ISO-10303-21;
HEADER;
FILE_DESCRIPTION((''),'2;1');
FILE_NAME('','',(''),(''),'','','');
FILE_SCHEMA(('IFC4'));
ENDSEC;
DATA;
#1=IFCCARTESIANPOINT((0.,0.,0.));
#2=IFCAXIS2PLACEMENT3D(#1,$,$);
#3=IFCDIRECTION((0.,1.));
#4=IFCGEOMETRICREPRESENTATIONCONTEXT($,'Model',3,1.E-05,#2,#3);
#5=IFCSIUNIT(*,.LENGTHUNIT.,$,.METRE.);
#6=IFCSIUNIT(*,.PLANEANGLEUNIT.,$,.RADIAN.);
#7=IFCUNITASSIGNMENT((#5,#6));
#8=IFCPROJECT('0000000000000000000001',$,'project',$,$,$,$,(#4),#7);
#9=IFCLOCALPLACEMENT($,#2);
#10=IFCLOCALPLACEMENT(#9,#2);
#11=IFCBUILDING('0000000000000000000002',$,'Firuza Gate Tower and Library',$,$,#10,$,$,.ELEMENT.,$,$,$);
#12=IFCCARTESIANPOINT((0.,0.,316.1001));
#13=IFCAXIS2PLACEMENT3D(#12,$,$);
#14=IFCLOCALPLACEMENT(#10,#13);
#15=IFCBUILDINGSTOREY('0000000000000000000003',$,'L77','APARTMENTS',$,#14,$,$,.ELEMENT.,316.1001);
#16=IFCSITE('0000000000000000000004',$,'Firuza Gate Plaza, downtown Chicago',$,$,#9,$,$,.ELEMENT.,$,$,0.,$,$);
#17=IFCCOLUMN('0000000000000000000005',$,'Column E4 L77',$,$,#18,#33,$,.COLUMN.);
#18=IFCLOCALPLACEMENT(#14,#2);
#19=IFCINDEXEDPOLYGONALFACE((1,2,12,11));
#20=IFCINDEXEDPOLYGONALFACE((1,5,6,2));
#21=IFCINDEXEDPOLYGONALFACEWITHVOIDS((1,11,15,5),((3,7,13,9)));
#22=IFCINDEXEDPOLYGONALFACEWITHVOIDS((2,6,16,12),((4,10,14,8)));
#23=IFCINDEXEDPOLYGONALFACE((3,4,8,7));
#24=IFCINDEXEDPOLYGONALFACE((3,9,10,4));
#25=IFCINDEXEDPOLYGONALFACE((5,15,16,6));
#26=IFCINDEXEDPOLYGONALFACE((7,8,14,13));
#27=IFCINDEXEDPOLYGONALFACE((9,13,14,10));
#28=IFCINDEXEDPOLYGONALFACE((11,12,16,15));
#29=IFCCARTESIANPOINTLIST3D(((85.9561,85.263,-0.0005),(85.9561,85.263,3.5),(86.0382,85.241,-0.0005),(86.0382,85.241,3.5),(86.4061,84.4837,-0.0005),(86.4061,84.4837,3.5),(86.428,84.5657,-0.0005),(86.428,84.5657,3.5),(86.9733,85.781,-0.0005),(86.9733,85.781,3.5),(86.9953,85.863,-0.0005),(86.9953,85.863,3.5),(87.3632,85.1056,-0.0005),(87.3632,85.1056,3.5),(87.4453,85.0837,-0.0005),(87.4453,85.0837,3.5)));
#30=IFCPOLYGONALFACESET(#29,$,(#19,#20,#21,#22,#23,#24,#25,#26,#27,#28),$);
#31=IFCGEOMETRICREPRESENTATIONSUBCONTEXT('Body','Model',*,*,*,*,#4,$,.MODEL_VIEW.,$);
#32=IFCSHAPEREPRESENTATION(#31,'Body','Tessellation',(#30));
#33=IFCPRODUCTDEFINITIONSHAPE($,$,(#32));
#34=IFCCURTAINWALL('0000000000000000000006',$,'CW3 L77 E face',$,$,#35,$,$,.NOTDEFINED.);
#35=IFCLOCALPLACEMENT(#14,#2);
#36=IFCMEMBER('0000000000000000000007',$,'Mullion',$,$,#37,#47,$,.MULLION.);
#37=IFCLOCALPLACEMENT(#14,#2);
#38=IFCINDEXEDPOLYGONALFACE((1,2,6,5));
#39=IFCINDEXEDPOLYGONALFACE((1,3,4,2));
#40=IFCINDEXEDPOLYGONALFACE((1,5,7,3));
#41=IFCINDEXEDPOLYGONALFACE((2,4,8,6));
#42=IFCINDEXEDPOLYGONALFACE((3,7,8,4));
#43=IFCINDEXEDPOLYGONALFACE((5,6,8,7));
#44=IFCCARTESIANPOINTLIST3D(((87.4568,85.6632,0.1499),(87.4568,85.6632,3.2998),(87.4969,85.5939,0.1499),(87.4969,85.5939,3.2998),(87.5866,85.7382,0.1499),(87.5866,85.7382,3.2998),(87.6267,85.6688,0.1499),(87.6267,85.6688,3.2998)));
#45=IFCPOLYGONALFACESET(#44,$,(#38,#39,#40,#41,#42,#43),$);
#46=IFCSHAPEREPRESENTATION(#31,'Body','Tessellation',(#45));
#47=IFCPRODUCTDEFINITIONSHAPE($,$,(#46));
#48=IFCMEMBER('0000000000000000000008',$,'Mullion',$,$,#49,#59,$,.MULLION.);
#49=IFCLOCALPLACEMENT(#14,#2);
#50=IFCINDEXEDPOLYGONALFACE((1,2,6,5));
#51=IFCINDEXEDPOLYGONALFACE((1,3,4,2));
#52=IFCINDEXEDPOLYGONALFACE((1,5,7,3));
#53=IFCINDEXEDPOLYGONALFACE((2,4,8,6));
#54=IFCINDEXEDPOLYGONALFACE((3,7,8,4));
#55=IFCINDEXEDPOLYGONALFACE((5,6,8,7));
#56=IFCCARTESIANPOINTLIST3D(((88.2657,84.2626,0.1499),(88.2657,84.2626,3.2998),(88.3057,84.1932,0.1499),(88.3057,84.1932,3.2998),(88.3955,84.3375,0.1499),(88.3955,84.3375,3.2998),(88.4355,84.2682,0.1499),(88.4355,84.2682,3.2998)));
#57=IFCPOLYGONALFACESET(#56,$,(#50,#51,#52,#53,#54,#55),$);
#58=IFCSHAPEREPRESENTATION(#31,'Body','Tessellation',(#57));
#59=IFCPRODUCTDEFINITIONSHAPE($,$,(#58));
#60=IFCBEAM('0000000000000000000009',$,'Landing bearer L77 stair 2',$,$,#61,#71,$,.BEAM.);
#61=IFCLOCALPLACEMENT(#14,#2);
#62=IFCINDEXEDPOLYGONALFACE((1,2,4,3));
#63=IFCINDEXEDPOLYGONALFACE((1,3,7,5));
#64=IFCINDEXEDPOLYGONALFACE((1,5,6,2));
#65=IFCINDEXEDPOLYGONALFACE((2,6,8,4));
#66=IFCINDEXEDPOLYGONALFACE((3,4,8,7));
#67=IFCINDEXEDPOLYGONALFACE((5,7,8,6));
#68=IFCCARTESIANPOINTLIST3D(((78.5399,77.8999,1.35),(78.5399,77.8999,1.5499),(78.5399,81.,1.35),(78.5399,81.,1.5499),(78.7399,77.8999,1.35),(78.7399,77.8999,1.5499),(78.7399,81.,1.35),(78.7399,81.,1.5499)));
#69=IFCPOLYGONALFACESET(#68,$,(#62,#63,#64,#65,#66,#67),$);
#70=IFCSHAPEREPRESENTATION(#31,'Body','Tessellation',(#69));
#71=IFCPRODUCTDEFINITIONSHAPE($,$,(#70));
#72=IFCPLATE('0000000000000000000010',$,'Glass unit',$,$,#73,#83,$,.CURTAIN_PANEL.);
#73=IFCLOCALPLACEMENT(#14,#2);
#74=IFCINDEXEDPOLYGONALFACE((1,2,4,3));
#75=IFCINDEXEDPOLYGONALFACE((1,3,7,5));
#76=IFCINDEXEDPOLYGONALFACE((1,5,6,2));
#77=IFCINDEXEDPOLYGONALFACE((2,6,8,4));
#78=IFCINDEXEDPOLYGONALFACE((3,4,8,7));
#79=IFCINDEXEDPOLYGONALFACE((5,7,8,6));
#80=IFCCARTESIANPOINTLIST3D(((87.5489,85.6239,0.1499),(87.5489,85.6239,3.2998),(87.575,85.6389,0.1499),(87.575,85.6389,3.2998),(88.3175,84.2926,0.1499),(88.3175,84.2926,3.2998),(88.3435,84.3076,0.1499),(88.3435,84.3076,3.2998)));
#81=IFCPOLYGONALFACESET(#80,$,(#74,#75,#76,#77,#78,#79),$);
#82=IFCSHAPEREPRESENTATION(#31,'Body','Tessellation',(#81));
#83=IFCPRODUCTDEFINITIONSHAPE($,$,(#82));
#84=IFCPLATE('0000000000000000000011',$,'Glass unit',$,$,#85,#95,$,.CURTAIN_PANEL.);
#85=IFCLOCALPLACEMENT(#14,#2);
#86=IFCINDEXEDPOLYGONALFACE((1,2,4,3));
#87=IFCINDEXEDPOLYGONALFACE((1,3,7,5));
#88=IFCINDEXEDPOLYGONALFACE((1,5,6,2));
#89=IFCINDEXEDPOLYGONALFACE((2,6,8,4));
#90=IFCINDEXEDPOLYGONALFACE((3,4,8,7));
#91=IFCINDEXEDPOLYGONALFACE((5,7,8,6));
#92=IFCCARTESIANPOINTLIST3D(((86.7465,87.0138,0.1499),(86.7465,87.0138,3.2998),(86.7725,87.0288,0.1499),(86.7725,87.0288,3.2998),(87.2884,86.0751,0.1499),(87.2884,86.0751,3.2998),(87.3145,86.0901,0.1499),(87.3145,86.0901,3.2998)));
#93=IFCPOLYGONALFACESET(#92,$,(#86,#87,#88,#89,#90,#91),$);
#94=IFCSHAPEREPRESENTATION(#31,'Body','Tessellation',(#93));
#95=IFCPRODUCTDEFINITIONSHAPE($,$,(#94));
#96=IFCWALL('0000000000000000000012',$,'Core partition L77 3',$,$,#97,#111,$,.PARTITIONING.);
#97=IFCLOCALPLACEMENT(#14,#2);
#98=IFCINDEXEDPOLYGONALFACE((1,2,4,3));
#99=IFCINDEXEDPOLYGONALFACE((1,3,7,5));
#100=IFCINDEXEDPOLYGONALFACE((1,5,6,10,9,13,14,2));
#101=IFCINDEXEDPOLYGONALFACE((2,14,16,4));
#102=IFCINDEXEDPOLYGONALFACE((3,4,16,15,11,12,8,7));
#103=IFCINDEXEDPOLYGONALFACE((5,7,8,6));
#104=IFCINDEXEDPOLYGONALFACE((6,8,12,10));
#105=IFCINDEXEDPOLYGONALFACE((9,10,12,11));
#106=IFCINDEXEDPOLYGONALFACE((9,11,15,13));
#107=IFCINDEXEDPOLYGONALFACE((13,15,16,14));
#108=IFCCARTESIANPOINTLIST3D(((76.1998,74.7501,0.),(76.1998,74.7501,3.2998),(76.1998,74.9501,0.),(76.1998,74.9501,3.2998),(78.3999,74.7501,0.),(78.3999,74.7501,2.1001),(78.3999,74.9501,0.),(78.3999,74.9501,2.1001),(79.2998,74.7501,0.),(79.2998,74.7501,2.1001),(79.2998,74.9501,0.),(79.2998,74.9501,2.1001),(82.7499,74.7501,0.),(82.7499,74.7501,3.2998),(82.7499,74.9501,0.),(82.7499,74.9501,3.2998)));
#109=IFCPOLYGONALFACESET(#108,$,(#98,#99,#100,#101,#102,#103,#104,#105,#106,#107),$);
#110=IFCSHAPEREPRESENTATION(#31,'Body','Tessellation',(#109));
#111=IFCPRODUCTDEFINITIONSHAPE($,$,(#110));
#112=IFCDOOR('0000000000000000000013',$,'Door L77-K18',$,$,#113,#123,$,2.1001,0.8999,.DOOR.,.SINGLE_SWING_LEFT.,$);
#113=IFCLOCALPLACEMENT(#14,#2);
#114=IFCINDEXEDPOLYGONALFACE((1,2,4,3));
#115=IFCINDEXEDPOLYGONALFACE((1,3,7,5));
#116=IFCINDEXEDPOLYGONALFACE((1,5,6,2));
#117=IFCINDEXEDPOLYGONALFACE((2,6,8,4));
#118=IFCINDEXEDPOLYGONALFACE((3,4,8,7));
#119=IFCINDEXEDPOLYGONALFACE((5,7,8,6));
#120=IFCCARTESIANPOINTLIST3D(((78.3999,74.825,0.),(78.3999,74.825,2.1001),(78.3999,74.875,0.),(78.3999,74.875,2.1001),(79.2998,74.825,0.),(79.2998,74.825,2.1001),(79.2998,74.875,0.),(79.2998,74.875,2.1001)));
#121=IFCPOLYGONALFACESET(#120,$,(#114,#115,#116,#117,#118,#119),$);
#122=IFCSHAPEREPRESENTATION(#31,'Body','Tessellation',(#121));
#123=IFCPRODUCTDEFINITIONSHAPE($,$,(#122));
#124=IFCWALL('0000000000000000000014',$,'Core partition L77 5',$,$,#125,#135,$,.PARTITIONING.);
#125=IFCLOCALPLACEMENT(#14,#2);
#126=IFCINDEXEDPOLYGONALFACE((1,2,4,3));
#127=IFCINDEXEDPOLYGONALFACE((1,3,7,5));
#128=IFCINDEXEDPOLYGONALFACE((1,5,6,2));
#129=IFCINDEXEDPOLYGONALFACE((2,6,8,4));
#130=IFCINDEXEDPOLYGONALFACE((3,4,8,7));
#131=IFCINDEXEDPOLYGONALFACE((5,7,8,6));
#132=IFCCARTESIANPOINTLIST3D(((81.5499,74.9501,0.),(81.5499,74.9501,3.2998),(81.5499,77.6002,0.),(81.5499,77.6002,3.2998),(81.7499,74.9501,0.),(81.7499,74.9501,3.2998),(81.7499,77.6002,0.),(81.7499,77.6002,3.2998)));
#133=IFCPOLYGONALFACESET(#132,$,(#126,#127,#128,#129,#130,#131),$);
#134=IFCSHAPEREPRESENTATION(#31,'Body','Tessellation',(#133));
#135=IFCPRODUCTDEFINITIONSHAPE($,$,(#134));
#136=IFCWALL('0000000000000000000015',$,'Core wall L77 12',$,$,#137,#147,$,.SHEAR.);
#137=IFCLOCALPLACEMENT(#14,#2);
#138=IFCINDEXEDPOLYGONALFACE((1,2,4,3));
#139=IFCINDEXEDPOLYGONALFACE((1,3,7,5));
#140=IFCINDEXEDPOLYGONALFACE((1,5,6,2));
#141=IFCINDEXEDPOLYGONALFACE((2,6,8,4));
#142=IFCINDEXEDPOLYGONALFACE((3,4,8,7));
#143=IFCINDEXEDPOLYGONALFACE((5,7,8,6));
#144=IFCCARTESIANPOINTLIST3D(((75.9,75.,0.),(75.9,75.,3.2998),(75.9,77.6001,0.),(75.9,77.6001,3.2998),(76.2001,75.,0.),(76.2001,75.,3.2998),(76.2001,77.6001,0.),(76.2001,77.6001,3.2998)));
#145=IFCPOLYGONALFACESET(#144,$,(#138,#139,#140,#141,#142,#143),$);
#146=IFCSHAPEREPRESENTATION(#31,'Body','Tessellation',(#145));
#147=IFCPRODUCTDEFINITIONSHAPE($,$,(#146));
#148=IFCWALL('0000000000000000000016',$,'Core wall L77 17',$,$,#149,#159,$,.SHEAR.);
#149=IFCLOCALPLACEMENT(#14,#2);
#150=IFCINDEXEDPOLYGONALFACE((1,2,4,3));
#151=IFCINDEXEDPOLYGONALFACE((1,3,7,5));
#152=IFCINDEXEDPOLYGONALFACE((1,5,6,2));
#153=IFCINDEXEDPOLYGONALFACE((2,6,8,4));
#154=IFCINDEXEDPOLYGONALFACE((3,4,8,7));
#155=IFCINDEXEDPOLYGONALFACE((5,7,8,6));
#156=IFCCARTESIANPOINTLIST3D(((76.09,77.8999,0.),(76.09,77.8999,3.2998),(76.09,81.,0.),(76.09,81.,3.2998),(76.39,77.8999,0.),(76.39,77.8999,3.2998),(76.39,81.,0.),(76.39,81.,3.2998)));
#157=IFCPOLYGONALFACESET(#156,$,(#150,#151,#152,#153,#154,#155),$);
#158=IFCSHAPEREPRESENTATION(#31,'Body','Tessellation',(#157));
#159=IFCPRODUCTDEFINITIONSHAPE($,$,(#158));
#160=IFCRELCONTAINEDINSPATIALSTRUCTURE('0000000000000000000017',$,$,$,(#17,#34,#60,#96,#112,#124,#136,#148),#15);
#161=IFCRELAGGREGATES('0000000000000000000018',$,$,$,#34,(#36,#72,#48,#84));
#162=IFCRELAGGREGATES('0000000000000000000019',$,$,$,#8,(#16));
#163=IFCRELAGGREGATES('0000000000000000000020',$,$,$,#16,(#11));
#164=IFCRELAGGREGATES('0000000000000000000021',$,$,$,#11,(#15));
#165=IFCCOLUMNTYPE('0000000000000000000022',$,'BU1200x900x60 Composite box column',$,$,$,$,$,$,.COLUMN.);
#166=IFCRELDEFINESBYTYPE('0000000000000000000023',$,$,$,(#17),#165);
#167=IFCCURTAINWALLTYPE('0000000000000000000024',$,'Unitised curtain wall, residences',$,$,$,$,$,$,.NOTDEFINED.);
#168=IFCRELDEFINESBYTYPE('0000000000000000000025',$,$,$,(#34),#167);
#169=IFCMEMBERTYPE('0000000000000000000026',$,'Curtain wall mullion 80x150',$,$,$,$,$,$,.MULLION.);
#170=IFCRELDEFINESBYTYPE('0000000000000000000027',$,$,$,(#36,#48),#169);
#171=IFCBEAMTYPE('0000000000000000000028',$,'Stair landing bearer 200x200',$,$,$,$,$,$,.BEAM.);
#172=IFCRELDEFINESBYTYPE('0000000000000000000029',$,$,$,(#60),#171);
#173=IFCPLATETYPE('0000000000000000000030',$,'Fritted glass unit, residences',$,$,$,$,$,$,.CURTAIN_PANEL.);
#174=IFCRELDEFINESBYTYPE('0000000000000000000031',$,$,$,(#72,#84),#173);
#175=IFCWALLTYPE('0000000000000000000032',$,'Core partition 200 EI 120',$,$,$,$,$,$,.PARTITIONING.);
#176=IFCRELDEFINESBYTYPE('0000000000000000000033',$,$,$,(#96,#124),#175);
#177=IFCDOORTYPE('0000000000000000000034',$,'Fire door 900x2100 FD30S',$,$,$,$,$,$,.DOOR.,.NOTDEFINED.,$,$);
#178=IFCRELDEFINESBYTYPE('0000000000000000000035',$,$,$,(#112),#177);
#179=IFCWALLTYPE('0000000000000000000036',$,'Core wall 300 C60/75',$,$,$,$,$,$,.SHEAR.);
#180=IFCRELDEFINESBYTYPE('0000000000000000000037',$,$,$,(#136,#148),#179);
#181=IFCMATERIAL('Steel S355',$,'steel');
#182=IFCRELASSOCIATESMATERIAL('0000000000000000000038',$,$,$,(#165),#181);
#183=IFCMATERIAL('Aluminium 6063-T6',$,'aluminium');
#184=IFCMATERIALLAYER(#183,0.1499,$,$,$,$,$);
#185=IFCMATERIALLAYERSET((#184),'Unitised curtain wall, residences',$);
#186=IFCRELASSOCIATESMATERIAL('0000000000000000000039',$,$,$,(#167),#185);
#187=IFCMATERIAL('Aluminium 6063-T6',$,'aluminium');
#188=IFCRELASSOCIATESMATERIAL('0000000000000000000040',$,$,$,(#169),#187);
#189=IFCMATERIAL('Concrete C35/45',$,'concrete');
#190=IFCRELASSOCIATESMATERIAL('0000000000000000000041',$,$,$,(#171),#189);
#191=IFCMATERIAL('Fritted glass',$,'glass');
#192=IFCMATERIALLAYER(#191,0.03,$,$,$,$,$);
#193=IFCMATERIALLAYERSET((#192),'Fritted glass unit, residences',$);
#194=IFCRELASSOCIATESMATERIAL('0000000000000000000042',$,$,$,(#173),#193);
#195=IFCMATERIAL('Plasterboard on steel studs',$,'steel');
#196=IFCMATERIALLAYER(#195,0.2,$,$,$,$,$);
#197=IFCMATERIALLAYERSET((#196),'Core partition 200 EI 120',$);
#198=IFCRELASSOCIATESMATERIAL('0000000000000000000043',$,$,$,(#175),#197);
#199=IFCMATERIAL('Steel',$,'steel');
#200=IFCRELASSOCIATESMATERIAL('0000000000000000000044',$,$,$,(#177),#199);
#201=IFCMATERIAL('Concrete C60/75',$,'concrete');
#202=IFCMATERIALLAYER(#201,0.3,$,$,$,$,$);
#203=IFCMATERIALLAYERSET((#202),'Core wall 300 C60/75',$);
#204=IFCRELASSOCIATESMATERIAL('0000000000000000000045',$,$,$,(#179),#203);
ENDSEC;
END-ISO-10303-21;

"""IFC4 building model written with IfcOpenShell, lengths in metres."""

from ifc_helpers import new_model, si_unit, direction, frame, frame_2d, origin, origin_2d, place, context, subcontext, project, spatial, polyline, rectangle, hollow_rectangle, outline, extrude, material, layer, layer_set, material_profile, profile_set, type_object, element, fill, aggregate, save


model = new_model("IFC4")

# Units and contexts
model_context = context("Model", 3, precision=1e-05, world=origin(), true_north=direction((0.0, 1.0)))
body_context = subcontext(model_context, "Body", "Model", "MODEL_VIEW")
ifc_project = project(units=[si_unit("LENGTHUNIT", "METRE"), si_unit("PLANEANGLEUNIT", "RADIAN")], contexts=[model_context])

# Site, building, storey
site_placement = place(None, origin())
site = spatial("IfcSite", under=ifc_project, at=site_placement, Name="Firuza Gate Plaza, downtown Chicago", CompositionType="ELEMENT", RefElevation=0.0)
building_placement = place(site_placement, origin())
building = spatial("IfcBuilding", under=site, at=building_placement, Name="Firuza Gate Tower and Library", CompositionType="ELEMENT")
storey_placement = place(building_placement, frame((0.0, 0.0, 316.1001)))
storey = spatial("IfcBuildingStorey", under=building, at=storey_placement, Name="L77", Description="APARTMENTS", CompositionType="ELEMENT", Elevation=316.1001)

# Column
ifc_material_1 = material(Name="Steel S355", Category="steel")
ifc_material_profile_1 = material_profile(ifc_material_1, hollow_rectangle(XDim=0.8999, YDim=1.2, WallThickness=0.0601, at=origin_2d()))
ifc_profile_set_1 = profile_set([ifc_material_profile_1], Name="Steel S355")
column_type = type_object("IfcColumnType", Name="BU1200x900x60 Composite box column", PredefinedType="COLUMN", material=ifc_profile_set_1)
column_placement = place(storey_placement, frame((86.7007, 85.1733, -0.0005), z_axis=(0.0, 0.0, 1.0), x_axis=(-0.5, 0.866025, 0.0)))
element("IfcColumn", 1, at=column_placement, inside=storey, type_object=column_type, Name="Column E4 L77", PredefinedType="COLUMN", context=body_context, shape_type="SweptSolid", body=[
    extrude(hollow_rectangle(XDim=0.8999, YDim=1.2, WallThickness=0.0601, at=origin_2d()), origin(), (0.0, 0.0, 1.0), 3.5005),
])

# Curtain wall, members
ifc_material_2 = material(Name="Aluminium 6063-T6", Category="aluminium")
ifc_layer_1 = layer(ifc_material_2, 0.1499)
ifc_layer_set_1 = layer_set([ifc_layer_1], Name="Unitised curtain wall, residences")
curtain_wall_type = type_object("IfcCurtainWallType", Name="Unitised curtain wall, residences", PredefinedType="NOTDEFINED", material=ifc_layer_set_1)
placement = place(storey_placement, origin())
curtain_wall = element("IfcCurtainWall", 2, at=placement, inside=storey, type_object=curtain_wall_type, Name="CW3 L77 E face", PredefinedType="NOTDEFINED")
ifc_material_3 = material(Name="Aluminium 6063-T6", Category="aluminium")
ifc_material_profile_2 = material_profile(ifc_material_3, rectangle(XDim=0.1499, YDim=0.0801, at=origin_2d()))
ifc_profile_set_2 = profile_set([ifc_material_profile_2], Name="Aluminium 6063-T6")
member_type = type_object("IfcMemberType", Name="Curtain wall mullion 80x150", PredefinedType="MULLION", material=ifc_profile_set_2)
member_1_placement = place(storey_placement, frame((87.5417, 85.666, 0.1499), z_axis=(0.0, 0.0, 1.0), x_axis=(-0.866025, -0.5, 0.0)))
member_1 = element("IfcMember", 3, at=member_1_placement, type_object=member_type, Name="Mullion", PredefinedType="MULLION", context=body_context, shape_type="SweptSolid", body=[
    extrude(rectangle(XDim=0.1499, YDim=0.0801, at=origin_2d()), origin(), (0.0, 0.0, 1.0), 3.1499),
])
member_2_placement = place(storey_placement, frame((88.3506, 84.2654, 0.1499), z_axis=(0.0, 0.0, 1.0), x_axis=(-0.866025, -0.5, 0.0)))
member_2 = element("IfcMember", 4, at=member_2_placement, type_object=member_type, Name="Mullion", PredefinedType="MULLION", context=body_context, shape_type="SweptSolid", body=[
    extrude(rectangle(XDim=0.1499, YDim=0.0801, at=origin_2d()), origin(), (0.0, 0.0, 1.0), 3.1499),
])

# Beam
ifc_material_4 = material(Name="Concrete C35/45", Category="concrete")
ifc_material_profile_3 = material_profile(ifc_material_4, rectangle(XDim=0.2, YDim=0.2, at=origin_2d()))
ifc_profile_set_3 = profile_set([ifc_material_profile_3], Name="Concrete C35/45")
beam_type = type_object("IfcBeamType", Name="Stair landing bearer 200x200", PredefinedType="BEAM", material=ifc_profile_set_3)
beam_placement = place(storey_placement, frame((78.6399, 81.0, 1.45), z_axis=(0.0, -1.0, 0.0), x_axis=(1.0, 0.0, 0.0)))
element("IfcBeam", 5, at=beam_placement, inside=storey, type_object=beam_type, Name="Landing bearer L77 stair 2", PredefinedType="BEAM", context=body_context, shape_type="SweptSolid", body=[
    extrude(rectangle(XDim=0.2, YDim=0.2, at=origin_2d()), origin(), (0.0, 0.0, 1.0), 3.1001),
])

# Plates
ifc_material_5 = material(Name="Fritted glass", Category="glass")
ifc_layer_2 = layer(ifc_material_5, 0.03)
ifc_layer_set_2 = layer_set([ifc_layer_2], Name="Fritted glass unit, residences")
plate_type = type_object("IfcPlateType", Name="Fritted glass unit, residences", PredefinedType="CURTAIN_PANEL", material=ifc_layer_set_2)
plate_1_placement = place(storey_placement, frame((88.3435, 84.3076, 0.1499), z_axis=(0.866045, 0.499965, 0.0), x_axis=(-0.499965, 0.866045, 0.0)))
plate_1 = element("IfcPlate", 6, at=plate_1_placement, type_object=plate_type, Name="Glass unit", PredefinedType="CURTAIN_PANEL", context=body_context, shape_type="SweptSolid", body=[
    extrude(outline(polyline([(0.0, 0.0), (1.5372, 0.0), (1.5372, 3.1499), (0.0, 3.1499), (0.0, 0.0)])), origin(), (0.0, 0.0, -1.0), 0.03),
])
plate_2_placement = place(storey_placement, frame((87.3145, 86.0901, 0.1499), z_axis=(0.866017, 0.500015, 0.0), x_axis=(-0.500015, 0.866017, 0.0)))
plate_2 = element("IfcPlate", 7, at=plate_2_placement, type_object=plate_type, Name="Glass unit", PredefinedType="CURTAIN_PANEL", context=body_context, shape_type="SweptSolid", body=[
    extrude(outline(polyline([(0.0, 0.0), (1.084, 0.0), (1.084, 3.1499), (0.0, 3.1499), (0.0, 0.0)])), origin(), (0.0, 0.0, -1.0), 0.03),
])
aggregate(curtain_wall, [member_1, plate_1, member_2, plate_2])

# Wall, opening, door
ifc_material_6 = material(Name="Plasterboard on steel studs", Category="steel")
ifc_layer_3 = layer(ifc_material_6, 0.2)
ifc_layer_set_3 = layer_set([ifc_layer_3], Name="Core partition 200 EI 120")
wall_type_1 = type_object("IfcWallType", Name="Core partition 200 EI 120", PredefinedType="PARTITIONING", material=ifc_layer_set_3)
wall_1_placement = place(storey_placement, frame((76.2, 74.8501, 0.0), z_axis=(0.0, 0.0, 1.0), x_axis=(1.0, 0.0, 0.0)))
wall_1 = element("IfcWall", 8, at=wall_1_placement, inside=storey, type_object=wall_type_1, Name="Core partition L77 3", PredefinedType="PARTITIONING", context=body_context, shape_type="SweptSolid", body=[
    extrude(rectangle(XDim=6.55, YDim=0.2, at=frame_2d((3.2749, 0.0))), origin(), (0.0, 0.0, 1.0), 3.2998),
])
opening_1_placement = place(wall_1_placement, frame((2.2, 0.0, 0.0)))
opening_1 = element("IfcOpeningElement", 9, at=opening_1_placement, cuts=wall_1, PredefinedType="OPENING", context=body_context, shape_type="SweptSolid", body=[
    extrude(rectangle(XDim=0.8999, YDim=2.1001, at=frame_2d((0.45, 1.05))), frame((0.0, 0.1099, 0.0), z_axis=(0.0, -1.0, 0.0), x_axis=(1.0, 0.0, 0.0)), (0.0, 0.0, 1.0), 0.22),
])
ifc_material_7 = material(Name="Steel", Category="steel")
door_type_1 = type_object("IfcDoorType", Name="Fire door 900x2100 FD30S", OperationType="NOTDEFINED", PredefinedType="DOOR", material=ifc_material_7)
door_1_placement = place(opening_1_placement, origin())
door_1 = element("IfcDoor", 10, at=door_1_placement, inside=storey, type_object=door_type_1, Name="Door L77-K18", OperationType="SINGLE_SWING_LEFT", OverallHeight=2.1001, OverallWidth=0.8999, PredefinedType="DOOR", context=body_context, shape_type="SweptSolid", body=[
    extrude(rectangle(XDim=0.8999, YDim=2.1001, at=frame_2d((0.45, 1.05))), frame((0.0, 0.0249, 0.0), z_axis=(0.0, -1.0, 0.0), x_axis=(1.0, 0.0, 0.0)), (0.0, 0.0, 1.0), 0.05),
])
fill(opening_1, door_1)

# Walls
wall_2_placement = place(storey_placement, frame((81.6499, 74.95, 0.0), z_axis=(0.0, 0.0, 1.0), x_axis=(0.0, 1.0, 0.0)))
element("IfcWall", 11, at=wall_2_placement, inside=storey, type_object=wall_type_1, Name="Core partition L77 5", PredefinedType="PARTITIONING", context=body_context, shape_type="SweptSolid", body=[
    extrude(rectangle(XDim=2.6501, YDim=0.2, at=frame_2d((1.3252, 0.0))), origin(), (0.0, 0.0, 1.0), 3.2998),
])
ifc_material_8 = material(Name="Concrete C60/75", Category="concrete")
ifc_layer_4 = layer(ifc_material_8, 0.3)
ifc_layer_set_4 = layer_set([ifc_layer_4], Name="Core wall 300 C60/75")
wall_type_2 = type_object("IfcWallType", Name="Core wall 300 C60/75", PredefinedType="SHEAR", material=ifc_layer_set_4)
wall_3_placement = place(storey_placement, frame((76.05, 75.0, 0.0), z_axis=(0.0, 0.0, 1.0), x_axis=(0.0, 1.0, 0.0)))
element("IfcWall", 12, at=wall_3_placement, inside=storey, type_object=wall_type_2, Name="Core wall L77 12", PredefinedType="SHEAR", context=body_context, shape_type="SweptSolid", body=[
    extrude(rectangle(XDim=2.6001, YDim=0.3, at=frame_2d((1.3, 0.0))), origin(), (0.0, 0.0, 1.0), 3.2998),
])
wall_4_placement = place(storey_placement, frame((76.24, 77.8999, 0.0), z_axis=(0.0, 0.0, 1.0), x_axis=(0.0, 1.0, 0.0)))
element("IfcWall", 13, at=wall_4_placement, inside=storey, type_object=wall_type_2, Name="Core wall L77 17", PredefinedType="SHEAR", context=body_context, shape_type="SweptSolid", body=[
    extrude(rectangle(XDim=3.1001, YDim=0.3, at=frame_2d((1.55, 0.0))), origin(), (0.0, 0.0, 1.0), 3.2998),
])

save(model, "model.ifc")
